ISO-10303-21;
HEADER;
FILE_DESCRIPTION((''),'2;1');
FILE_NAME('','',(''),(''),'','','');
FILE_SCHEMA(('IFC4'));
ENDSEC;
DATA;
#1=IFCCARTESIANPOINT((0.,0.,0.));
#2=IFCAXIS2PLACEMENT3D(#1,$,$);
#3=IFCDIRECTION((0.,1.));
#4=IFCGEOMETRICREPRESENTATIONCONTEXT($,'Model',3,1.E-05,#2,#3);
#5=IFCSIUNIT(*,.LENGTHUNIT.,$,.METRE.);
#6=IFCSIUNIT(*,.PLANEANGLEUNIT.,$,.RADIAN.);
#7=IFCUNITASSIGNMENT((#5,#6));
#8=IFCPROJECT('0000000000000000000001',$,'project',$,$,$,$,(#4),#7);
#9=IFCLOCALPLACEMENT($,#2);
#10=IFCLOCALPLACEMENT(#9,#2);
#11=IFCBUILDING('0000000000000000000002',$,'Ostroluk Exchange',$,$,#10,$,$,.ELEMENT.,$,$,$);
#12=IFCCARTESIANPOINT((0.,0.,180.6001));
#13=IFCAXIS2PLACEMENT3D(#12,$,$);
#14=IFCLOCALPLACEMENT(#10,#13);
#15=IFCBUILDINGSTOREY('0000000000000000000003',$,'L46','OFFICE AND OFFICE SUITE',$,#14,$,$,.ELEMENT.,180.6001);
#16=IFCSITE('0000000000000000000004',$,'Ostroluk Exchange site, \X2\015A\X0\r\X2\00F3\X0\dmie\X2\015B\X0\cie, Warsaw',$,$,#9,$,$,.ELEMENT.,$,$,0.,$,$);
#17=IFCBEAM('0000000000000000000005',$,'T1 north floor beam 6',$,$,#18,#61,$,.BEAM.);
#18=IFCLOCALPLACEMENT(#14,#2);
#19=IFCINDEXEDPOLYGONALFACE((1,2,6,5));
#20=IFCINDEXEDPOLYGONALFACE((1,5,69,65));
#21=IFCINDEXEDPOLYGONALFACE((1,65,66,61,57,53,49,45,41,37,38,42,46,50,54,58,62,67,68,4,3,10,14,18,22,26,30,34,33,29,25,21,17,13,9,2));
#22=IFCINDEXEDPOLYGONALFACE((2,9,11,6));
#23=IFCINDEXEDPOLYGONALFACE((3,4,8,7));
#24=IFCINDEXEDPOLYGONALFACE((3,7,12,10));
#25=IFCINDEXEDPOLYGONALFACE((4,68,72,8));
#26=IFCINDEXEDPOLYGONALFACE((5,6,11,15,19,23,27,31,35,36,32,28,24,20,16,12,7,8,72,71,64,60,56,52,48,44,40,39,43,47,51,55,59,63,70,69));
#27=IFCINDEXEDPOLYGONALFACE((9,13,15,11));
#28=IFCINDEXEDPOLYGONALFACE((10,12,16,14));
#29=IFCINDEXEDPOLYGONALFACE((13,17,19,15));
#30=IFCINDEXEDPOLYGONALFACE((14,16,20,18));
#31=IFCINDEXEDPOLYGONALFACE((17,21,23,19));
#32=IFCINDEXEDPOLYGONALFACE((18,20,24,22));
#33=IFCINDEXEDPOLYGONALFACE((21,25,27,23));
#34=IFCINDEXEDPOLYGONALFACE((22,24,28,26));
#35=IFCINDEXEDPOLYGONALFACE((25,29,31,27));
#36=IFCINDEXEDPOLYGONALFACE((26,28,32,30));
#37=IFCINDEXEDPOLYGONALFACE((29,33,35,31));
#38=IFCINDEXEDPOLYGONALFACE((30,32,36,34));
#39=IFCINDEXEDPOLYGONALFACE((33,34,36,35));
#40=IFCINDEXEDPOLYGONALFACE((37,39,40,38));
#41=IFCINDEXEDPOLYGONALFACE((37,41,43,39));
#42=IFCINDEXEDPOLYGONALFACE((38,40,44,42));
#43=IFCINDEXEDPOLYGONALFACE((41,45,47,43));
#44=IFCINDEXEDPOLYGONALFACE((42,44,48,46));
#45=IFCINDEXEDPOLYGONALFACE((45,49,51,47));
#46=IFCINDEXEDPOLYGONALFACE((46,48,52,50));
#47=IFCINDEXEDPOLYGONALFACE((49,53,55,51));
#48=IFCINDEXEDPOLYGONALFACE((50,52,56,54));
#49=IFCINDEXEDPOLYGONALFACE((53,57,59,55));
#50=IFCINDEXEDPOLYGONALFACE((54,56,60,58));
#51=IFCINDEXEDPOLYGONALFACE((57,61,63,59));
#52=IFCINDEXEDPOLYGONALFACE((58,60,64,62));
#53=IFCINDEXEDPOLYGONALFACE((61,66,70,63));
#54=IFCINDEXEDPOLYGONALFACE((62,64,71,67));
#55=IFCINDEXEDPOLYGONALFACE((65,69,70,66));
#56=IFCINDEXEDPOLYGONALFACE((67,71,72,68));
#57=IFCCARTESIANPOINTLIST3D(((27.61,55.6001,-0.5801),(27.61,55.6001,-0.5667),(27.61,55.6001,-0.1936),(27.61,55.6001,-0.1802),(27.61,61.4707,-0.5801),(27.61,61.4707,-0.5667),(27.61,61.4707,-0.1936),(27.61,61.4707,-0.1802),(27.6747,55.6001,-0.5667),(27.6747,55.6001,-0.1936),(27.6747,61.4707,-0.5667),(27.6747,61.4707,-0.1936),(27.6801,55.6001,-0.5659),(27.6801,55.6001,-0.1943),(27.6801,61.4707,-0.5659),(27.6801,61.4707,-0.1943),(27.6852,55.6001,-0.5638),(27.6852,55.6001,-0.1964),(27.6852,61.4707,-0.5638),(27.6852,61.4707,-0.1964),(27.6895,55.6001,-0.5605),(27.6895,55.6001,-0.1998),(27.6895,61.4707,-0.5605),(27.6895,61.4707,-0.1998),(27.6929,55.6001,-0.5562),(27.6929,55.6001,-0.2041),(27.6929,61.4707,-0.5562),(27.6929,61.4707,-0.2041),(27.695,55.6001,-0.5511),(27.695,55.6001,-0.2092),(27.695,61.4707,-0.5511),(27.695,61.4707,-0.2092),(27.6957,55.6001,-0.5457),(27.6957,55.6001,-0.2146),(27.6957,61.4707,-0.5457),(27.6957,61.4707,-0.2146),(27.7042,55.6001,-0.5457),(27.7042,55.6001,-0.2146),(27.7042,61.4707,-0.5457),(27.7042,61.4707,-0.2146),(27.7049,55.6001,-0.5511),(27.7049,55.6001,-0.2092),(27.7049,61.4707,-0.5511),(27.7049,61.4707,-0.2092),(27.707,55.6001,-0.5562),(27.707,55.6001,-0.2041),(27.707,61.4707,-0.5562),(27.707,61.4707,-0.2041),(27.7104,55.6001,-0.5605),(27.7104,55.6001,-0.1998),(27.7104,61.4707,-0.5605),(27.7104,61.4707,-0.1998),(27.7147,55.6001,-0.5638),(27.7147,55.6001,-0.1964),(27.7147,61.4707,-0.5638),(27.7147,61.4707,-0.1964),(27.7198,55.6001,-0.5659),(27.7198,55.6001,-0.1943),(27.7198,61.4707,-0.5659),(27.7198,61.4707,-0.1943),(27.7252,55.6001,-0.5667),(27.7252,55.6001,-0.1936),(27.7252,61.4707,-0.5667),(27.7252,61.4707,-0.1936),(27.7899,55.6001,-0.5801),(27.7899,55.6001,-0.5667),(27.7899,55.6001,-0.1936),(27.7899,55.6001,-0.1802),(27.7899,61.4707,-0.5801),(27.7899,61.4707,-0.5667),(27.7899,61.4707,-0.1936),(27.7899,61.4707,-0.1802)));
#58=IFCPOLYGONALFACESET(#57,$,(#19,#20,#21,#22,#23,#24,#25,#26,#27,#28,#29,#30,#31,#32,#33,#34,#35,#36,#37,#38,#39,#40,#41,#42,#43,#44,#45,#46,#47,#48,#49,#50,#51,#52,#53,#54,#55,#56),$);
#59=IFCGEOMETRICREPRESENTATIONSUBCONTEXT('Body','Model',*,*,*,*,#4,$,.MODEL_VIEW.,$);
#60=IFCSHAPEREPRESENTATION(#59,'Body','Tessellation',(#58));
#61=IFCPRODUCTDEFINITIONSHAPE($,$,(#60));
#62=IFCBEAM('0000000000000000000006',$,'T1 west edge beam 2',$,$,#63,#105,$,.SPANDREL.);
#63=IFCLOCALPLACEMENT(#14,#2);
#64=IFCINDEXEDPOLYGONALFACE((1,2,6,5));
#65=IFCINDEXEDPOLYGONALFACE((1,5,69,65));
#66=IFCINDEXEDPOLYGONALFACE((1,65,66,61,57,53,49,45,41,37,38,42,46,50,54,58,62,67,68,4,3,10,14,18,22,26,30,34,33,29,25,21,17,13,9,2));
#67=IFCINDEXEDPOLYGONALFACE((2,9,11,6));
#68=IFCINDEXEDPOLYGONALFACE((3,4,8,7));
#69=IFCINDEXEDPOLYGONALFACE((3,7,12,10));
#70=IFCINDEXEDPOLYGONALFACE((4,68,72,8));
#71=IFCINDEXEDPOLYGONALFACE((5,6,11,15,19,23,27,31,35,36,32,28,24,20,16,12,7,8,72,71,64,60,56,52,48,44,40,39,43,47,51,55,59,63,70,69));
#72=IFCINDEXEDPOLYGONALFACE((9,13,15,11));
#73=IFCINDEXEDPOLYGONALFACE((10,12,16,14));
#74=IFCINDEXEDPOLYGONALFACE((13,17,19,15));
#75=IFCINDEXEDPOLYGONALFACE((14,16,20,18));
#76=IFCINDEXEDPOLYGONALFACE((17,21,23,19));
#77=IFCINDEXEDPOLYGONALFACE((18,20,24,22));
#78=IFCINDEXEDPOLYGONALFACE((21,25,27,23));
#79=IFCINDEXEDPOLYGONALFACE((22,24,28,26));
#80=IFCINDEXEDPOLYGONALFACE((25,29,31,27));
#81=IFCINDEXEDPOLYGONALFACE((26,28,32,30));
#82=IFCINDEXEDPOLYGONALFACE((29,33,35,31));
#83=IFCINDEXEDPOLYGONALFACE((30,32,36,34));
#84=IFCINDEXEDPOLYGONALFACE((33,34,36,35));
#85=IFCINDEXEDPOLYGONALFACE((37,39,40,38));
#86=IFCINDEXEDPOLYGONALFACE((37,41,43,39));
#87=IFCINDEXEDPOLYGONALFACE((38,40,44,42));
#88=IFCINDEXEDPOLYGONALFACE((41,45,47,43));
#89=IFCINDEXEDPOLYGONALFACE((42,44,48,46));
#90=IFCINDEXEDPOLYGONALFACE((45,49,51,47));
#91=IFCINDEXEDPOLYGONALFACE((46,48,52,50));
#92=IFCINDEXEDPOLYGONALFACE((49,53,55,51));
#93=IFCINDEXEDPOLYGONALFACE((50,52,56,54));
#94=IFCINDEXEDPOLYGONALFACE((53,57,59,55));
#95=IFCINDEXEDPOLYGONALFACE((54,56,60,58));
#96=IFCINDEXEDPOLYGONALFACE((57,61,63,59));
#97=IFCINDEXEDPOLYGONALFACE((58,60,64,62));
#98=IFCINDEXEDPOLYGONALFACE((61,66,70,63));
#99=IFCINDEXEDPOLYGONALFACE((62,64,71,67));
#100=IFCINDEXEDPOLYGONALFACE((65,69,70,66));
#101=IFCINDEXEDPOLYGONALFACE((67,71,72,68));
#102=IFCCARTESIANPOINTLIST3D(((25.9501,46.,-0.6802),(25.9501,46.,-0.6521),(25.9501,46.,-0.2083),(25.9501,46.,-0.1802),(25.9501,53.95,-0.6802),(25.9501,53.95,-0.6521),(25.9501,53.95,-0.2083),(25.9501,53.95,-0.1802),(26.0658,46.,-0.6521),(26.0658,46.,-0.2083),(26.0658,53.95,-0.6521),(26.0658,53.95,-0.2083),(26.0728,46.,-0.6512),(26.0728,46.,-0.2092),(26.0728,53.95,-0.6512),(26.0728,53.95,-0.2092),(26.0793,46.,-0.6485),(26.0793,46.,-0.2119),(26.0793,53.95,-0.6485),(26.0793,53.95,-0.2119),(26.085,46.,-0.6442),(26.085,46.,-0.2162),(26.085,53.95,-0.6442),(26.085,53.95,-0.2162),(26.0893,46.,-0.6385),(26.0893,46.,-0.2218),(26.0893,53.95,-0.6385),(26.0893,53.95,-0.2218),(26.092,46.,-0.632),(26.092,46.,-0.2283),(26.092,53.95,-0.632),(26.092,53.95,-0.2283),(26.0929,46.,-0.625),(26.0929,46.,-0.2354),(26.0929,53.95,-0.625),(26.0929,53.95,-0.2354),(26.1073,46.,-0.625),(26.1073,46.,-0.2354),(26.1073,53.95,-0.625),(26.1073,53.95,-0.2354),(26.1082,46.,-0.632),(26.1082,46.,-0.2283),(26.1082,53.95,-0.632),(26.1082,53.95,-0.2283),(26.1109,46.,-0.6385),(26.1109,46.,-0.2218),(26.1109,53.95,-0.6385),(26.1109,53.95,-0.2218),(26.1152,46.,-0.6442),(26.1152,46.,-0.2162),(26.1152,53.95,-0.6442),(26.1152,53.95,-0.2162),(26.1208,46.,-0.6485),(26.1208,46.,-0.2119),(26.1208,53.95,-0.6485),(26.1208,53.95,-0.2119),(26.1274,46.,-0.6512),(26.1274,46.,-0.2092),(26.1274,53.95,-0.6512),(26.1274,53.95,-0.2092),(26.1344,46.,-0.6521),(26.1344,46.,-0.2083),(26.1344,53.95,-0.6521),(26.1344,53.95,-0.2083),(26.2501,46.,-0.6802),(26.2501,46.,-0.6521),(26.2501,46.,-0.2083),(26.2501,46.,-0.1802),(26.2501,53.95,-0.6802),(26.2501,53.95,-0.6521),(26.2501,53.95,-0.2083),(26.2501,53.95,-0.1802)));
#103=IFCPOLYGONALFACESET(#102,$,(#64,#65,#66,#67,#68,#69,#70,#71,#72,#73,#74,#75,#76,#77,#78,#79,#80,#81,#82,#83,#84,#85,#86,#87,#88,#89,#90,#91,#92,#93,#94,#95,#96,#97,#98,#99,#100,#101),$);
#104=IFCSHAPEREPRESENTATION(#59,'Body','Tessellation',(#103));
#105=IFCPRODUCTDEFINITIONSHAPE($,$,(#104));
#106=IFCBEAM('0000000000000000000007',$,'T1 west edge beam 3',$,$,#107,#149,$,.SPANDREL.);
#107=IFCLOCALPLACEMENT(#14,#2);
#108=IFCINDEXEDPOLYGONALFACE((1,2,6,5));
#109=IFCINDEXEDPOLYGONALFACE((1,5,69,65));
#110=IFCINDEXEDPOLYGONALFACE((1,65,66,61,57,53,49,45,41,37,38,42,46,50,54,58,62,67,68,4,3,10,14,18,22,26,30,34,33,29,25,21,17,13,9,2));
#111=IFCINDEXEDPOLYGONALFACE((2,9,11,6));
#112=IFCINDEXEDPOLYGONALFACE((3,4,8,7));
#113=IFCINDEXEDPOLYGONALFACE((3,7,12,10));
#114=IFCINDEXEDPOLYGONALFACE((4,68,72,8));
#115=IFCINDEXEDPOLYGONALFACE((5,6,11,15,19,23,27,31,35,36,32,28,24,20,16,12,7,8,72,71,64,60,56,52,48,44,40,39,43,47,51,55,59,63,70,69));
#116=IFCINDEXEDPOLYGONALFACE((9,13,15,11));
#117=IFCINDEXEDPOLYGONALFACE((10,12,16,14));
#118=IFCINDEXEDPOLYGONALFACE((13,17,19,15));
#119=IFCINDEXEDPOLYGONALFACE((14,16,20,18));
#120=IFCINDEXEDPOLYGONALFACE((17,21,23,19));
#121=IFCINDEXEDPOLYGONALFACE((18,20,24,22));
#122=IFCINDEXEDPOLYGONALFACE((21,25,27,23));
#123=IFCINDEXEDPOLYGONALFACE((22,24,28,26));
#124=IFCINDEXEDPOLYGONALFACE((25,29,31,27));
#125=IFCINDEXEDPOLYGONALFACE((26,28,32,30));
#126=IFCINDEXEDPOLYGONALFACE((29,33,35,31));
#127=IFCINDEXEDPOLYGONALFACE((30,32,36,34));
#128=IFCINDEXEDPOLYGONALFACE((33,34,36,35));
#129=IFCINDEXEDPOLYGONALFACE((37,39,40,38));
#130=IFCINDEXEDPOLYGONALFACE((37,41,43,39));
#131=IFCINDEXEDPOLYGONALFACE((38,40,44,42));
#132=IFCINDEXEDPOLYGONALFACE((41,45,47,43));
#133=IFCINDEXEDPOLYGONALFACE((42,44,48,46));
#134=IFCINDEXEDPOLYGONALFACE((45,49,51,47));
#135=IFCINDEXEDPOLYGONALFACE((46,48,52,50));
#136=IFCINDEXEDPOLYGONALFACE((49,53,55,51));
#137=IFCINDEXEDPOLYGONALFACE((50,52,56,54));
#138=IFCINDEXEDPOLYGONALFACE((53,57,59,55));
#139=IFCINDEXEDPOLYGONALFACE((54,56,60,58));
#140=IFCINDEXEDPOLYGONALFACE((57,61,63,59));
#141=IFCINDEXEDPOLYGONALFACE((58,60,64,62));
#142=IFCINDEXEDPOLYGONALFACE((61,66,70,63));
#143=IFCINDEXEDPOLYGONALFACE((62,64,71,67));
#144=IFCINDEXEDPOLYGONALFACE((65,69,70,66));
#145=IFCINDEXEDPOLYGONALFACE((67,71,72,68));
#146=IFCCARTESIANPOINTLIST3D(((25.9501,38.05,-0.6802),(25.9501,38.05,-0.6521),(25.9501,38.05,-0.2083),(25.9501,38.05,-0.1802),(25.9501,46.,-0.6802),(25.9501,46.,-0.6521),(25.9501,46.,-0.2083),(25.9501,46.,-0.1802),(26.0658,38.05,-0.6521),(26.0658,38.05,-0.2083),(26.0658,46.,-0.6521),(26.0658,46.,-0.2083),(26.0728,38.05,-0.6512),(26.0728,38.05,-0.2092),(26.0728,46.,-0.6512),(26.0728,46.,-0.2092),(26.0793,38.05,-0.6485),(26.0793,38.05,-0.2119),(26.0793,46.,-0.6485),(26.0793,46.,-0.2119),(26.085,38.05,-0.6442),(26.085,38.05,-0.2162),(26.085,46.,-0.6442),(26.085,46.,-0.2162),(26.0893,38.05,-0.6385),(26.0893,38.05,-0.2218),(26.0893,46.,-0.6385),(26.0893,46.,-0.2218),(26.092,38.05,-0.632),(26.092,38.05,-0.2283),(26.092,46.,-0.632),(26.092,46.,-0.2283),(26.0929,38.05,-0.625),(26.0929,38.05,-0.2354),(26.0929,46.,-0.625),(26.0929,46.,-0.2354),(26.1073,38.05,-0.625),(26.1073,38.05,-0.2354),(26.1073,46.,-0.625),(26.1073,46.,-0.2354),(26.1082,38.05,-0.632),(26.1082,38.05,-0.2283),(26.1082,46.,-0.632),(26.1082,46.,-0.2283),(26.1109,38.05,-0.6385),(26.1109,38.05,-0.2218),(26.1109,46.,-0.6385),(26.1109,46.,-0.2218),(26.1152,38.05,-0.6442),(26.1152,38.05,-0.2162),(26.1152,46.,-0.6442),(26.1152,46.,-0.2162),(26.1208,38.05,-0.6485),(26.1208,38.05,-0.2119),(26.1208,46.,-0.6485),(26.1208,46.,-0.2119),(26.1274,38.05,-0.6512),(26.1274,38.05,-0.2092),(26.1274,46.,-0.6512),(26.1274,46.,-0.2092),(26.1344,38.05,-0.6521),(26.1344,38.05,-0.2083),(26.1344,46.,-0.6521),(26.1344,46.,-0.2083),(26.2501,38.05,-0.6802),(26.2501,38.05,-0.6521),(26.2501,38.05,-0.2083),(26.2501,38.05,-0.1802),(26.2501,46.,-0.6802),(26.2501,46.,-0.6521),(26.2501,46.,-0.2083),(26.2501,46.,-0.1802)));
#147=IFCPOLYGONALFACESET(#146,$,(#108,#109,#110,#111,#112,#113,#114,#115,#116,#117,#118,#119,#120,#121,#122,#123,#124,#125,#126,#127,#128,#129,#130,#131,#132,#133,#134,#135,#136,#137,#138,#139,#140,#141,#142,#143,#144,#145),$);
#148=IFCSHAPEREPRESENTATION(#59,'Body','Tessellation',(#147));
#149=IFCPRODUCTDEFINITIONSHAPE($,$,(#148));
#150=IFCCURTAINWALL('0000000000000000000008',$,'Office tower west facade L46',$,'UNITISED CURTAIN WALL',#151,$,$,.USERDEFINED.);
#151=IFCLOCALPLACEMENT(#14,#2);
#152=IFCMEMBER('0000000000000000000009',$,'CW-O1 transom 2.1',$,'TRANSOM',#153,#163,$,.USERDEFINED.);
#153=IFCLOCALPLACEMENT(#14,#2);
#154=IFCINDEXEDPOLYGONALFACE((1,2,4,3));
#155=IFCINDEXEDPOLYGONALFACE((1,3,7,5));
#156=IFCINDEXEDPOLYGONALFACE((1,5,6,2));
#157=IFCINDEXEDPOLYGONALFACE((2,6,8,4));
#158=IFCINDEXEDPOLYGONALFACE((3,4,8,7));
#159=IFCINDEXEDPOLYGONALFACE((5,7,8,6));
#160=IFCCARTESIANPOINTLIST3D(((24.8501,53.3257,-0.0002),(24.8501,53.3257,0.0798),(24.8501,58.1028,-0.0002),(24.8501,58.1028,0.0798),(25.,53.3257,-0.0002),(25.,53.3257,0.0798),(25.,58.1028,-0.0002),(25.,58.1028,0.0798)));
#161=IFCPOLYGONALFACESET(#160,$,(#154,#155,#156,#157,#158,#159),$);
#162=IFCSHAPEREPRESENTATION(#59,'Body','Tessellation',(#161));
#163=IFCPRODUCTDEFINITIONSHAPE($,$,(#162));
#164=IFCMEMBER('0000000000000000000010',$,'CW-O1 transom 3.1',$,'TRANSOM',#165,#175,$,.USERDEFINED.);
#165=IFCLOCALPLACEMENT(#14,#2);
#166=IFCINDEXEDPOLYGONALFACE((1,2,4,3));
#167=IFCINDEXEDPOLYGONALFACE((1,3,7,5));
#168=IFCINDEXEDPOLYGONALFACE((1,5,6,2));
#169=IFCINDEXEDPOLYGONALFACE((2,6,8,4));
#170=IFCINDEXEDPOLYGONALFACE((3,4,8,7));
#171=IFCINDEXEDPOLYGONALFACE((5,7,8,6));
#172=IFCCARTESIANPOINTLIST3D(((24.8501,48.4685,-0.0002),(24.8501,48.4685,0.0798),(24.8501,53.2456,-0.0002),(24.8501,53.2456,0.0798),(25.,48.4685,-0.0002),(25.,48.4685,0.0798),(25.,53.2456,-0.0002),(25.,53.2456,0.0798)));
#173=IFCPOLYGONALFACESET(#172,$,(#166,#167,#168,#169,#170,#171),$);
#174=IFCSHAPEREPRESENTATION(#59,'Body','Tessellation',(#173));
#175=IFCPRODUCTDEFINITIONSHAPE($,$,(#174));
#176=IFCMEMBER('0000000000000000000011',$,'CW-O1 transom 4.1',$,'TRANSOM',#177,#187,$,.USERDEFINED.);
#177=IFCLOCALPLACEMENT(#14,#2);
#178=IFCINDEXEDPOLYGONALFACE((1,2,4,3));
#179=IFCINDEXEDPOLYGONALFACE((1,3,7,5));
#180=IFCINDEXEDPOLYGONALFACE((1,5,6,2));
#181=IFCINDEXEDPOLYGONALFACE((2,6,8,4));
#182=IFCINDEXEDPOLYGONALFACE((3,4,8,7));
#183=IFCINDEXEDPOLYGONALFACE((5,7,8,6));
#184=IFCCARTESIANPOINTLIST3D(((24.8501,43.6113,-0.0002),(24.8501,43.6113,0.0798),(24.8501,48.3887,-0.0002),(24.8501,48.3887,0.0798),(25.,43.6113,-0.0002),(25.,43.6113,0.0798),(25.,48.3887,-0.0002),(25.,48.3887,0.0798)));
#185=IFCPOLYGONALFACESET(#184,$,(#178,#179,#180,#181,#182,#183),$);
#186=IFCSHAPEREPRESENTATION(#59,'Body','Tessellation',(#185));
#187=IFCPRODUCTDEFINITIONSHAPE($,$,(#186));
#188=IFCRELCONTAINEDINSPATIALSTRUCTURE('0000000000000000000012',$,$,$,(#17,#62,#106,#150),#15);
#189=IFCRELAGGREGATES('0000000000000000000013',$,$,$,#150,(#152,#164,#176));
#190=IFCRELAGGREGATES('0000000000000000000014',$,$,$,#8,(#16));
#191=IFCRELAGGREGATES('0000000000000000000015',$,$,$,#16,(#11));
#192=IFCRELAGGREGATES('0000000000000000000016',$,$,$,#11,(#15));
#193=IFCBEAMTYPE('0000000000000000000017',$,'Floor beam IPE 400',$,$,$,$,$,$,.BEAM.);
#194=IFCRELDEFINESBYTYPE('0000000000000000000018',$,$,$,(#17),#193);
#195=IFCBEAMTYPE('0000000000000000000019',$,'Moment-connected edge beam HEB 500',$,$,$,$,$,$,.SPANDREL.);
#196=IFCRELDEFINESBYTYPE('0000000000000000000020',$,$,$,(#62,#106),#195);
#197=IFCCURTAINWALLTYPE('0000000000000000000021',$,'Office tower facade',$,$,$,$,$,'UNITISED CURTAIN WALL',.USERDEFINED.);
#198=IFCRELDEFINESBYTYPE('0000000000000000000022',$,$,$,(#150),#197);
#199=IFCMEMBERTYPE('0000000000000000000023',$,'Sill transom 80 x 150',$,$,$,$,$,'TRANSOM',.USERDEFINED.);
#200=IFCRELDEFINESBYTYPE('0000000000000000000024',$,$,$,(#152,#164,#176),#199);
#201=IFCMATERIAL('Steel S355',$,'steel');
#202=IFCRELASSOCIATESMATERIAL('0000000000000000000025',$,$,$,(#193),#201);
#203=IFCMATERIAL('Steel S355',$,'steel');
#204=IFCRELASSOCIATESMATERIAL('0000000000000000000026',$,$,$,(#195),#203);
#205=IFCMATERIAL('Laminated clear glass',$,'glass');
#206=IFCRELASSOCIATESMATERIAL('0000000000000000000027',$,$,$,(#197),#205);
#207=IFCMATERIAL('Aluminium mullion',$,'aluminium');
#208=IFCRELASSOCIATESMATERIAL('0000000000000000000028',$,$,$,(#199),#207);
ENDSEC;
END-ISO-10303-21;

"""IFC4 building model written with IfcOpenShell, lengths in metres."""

from ifc_helpers import new_model, si_unit, direction, frame, origin, origin_2d, place, context, subcontext, project, spatial, rectangle, i_section, extrude, material, material_profile, profile_set, type_object, element, aggregate, save


model = new_model("IFC4")

# Units and contexts
model_context = context("Model", 3, precision=1e-05, world=origin(), true_north=direction((0.0, 1.0)))
body_context = subcontext(model_context, "Body", "Model", "MODEL_VIEW")
ifc_project = project(units=[si_unit("LENGTHUNIT", "METRE"), si_unit("PLANEANGLEUNIT", "RADIAN")], contexts=[model_context])

# Site, building, storey
site_placement = place(None, origin())
site = spatial("IfcSite", under=ifc_project, at=site_placement, Name="Ostroluk Exchange site, Śródmieście, Warsaw", CompositionType="ELEMENT", RefElevation=0.0)
building_placement = place(site_placement, origin())
building = spatial("IfcBuilding", under=site, at=building_placement, Name="Ostroluk Exchange", CompositionType="ELEMENT")
storey_placement = place(building_placement, frame((0.0, 0.0, 180.6001)))
storey = spatial("IfcBuildingStorey", under=building, at=storey_placement, Name="L46", Description="OFFICE AND OFFICE SUITE", CompositionType="ELEMENT", Elevation=180.6001)

# Beams
ifc_material_1 = material(Name="Steel S355", Category="steel")
ifc_material_profile_1 = material_profile(ifc_material_1, i_section(OverallWidth=0.1799, OverallDepth=0.3999, WebThickness=0.0085, FlangeThickness=0.0134, FilletRadius=0.021, at=origin_2d()), Name="IPE 400")
ifc_profile_set_1 = profile_set([ifc_material_profile_1], Name="Steel S355")
beam_type_1 = type_object("IfcBeamType", Name="Floor beam IPE 400", PredefinedType="BEAM", material=ifc_profile_set_1)
beam_placement = place(storey_placement, frame((27.7, 55.6001, -0.3801), z_axis=(0.0, 1.0, 0.0), x_axis=(-1.0, 0.0, 0.0)))
element("IfcBeam", 1, at=beam_placement, inside=storey, type_object=beam_type_1, Name="T1 north floor beam 6", PredefinedType="BEAM", context=body_context, shape_type="SweptSolid", body=[
    extrude(i_section(OverallWidth=0.1799, OverallDepth=0.3999, WebThickness=0.0085, FlangeThickness=0.0134, FilletRadius=0.021, at=origin_2d()), origin(), (0.0, 0.0, 1.0), 5.8706),
])
ifc_material_2 = material(Name="Steel S355", Category="steel")
ifc_material_profile_2 = material_profile(ifc_material_2, i_section(OverallWidth=0.3, OverallDepth=0.5, WebThickness=0.0144, FlangeThickness=0.0281, FilletRadius=0.0271, at=origin_2d()), Name="HEB 500")
ifc_profile_set_2 = profile_set([ifc_material_profile_2], Name="Steel S355")
beam_type_2 = type_object("IfcBeamType", Name="Moment-connected edge beam HEB 500", PredefinedType="SPANDREL", material=ifc_profile_set_2)
for number, where, z_axis, x_axis, name in (
    (2, (26.1001, 53.95, -0.4302), (0.0, -1.0, 0.0), (1.0, 0.0, 0.0), "T1 west edge beam 2"),
    (3, (26.1001, 46.0, -0.4302), (0.0, -1.0, 0.0), (1.0, 0.0, 0.0), "T1 west edge beam 3"),
):
    element("IfcBeam", number, at=place(storey_placement, frame(where, z_axis=z_axis, x_axis=x_axis)), inside=storey, type_object=beam_type_2, Name=name, PredefinedType="SPANDREL", context=body_context, shape_type="SweptSolid", body=[
        extrude(i_section(OverallWidth=0.3, OverallDepth=0.5, WebThickness=0.0144, FlangeThickness=0.0281, FilletRadius=0.0271, at=origin_2d()), origin(), (0.0, 0.0, 1.0), 7.95),
    ])

# Curtain wall, members
ifc_material_3 = material(Name="Laminated clear glass", Category="glass")
curtain_wall_type = type_object("IfcCurtainWallType", Name="Office tower facade", ElementType="UNITISED CURTAIN WALL", PredefinedType="USERDEFINED", material=ifc_material_3)
curtain_wall_placement = place(storey_placement, origin())
curtain_wall = element("IfcCurtainWall", 4, at=curtain_wall_placement, inside=storey, type_object=curtain_wall_type, Name="Office tower west facade L46", ObjectType="UNITISED CURTAIN WALL", PredefinedType="USERDEFINED")
ifc_material_4 = material(Name="Aluminium mullion", Category="aluminium")
ifc_material_profile_3 = material_profile(ifc_material_4, rectangle(XDim=0.1499, YDim=0.0801, at=origin_2d()), Name="Sill transom 80 x 150")
ifc_profile_set_3 = profile_set([ifc_material_profile_3], Name="Aluminium mullion")
member_type_1 = type_object("IfcMemberType", Name="Sill transom 80 x 150", ElementType="TRANSOM", PredefinedType="USERDEFINED", material=ifc_profile_set_3)
member_1_placement = place(storey_placement, frame((24.925, 58.1028, 0.0398), z_axis=(0.0, -1.0, 0.0), x_axis=(1.0, 0.0, 0.0)))
member_1 = element("IfcMember", 5, at=member_1_placement, type_object=member_type_1, Name="CW-O1 transom 2.1", ObjectType="TRANSOM", PredefinedType="USERDEFINED", context=body_context, shape_type="SweptSolid", body=[
    extrude(rectangle(XDim=0.1499, YDim=0.0801, at=origin_2d()), origin(), (0.0, 0.0, 1.0), 4.7771),
])
member_2_placement = place(storey_placement, frame((24.925, 53.2456, 0.0398), z_axis=(0.0, -1.0, 0.0), x_axis=(1.0, 0.0, 0.0)))
member_2 = element("IfcMember", 6, at=member_2_placement, type_object=member_type_1, Name="CW-O1 transom 3.1", ObjectType="TRANSOM", PredefinedType="USERDEFINED", context=body_context, shape_type="SweptSolid", body=[
    extrude(rectangle(XDim=0.1499, YDim=0.0801, at=origin_2d()), origin(), (0.0, 0.0, 1.0), 4.7771),
])
member_3_placement = place(storey_placement, frame((24.925, 48.3887, 0.0398), z_axis=(0.0, -1.0, 0.0), x_axis=(1.0, 0.0, 0.0)))
member_3 = element("IfcMember", 7, at=member_3_placement, type_object=member_type_1, Name="CW-O1 transom 4.1", ObjectType="TRANSOM", PredefinedType="USERDEFINED", context=body_context, shape_type="SweptSolid", body=[
    extrude(rectangle(XDim=0.1499, YDim=0.0801, at=origin_2d()), origin(), (0.0, 0.0, 1.0), 4.7773),
])
aggregate(curtain_wall, [member_1, member_2, member_3])

save(model, "model.ifc")
